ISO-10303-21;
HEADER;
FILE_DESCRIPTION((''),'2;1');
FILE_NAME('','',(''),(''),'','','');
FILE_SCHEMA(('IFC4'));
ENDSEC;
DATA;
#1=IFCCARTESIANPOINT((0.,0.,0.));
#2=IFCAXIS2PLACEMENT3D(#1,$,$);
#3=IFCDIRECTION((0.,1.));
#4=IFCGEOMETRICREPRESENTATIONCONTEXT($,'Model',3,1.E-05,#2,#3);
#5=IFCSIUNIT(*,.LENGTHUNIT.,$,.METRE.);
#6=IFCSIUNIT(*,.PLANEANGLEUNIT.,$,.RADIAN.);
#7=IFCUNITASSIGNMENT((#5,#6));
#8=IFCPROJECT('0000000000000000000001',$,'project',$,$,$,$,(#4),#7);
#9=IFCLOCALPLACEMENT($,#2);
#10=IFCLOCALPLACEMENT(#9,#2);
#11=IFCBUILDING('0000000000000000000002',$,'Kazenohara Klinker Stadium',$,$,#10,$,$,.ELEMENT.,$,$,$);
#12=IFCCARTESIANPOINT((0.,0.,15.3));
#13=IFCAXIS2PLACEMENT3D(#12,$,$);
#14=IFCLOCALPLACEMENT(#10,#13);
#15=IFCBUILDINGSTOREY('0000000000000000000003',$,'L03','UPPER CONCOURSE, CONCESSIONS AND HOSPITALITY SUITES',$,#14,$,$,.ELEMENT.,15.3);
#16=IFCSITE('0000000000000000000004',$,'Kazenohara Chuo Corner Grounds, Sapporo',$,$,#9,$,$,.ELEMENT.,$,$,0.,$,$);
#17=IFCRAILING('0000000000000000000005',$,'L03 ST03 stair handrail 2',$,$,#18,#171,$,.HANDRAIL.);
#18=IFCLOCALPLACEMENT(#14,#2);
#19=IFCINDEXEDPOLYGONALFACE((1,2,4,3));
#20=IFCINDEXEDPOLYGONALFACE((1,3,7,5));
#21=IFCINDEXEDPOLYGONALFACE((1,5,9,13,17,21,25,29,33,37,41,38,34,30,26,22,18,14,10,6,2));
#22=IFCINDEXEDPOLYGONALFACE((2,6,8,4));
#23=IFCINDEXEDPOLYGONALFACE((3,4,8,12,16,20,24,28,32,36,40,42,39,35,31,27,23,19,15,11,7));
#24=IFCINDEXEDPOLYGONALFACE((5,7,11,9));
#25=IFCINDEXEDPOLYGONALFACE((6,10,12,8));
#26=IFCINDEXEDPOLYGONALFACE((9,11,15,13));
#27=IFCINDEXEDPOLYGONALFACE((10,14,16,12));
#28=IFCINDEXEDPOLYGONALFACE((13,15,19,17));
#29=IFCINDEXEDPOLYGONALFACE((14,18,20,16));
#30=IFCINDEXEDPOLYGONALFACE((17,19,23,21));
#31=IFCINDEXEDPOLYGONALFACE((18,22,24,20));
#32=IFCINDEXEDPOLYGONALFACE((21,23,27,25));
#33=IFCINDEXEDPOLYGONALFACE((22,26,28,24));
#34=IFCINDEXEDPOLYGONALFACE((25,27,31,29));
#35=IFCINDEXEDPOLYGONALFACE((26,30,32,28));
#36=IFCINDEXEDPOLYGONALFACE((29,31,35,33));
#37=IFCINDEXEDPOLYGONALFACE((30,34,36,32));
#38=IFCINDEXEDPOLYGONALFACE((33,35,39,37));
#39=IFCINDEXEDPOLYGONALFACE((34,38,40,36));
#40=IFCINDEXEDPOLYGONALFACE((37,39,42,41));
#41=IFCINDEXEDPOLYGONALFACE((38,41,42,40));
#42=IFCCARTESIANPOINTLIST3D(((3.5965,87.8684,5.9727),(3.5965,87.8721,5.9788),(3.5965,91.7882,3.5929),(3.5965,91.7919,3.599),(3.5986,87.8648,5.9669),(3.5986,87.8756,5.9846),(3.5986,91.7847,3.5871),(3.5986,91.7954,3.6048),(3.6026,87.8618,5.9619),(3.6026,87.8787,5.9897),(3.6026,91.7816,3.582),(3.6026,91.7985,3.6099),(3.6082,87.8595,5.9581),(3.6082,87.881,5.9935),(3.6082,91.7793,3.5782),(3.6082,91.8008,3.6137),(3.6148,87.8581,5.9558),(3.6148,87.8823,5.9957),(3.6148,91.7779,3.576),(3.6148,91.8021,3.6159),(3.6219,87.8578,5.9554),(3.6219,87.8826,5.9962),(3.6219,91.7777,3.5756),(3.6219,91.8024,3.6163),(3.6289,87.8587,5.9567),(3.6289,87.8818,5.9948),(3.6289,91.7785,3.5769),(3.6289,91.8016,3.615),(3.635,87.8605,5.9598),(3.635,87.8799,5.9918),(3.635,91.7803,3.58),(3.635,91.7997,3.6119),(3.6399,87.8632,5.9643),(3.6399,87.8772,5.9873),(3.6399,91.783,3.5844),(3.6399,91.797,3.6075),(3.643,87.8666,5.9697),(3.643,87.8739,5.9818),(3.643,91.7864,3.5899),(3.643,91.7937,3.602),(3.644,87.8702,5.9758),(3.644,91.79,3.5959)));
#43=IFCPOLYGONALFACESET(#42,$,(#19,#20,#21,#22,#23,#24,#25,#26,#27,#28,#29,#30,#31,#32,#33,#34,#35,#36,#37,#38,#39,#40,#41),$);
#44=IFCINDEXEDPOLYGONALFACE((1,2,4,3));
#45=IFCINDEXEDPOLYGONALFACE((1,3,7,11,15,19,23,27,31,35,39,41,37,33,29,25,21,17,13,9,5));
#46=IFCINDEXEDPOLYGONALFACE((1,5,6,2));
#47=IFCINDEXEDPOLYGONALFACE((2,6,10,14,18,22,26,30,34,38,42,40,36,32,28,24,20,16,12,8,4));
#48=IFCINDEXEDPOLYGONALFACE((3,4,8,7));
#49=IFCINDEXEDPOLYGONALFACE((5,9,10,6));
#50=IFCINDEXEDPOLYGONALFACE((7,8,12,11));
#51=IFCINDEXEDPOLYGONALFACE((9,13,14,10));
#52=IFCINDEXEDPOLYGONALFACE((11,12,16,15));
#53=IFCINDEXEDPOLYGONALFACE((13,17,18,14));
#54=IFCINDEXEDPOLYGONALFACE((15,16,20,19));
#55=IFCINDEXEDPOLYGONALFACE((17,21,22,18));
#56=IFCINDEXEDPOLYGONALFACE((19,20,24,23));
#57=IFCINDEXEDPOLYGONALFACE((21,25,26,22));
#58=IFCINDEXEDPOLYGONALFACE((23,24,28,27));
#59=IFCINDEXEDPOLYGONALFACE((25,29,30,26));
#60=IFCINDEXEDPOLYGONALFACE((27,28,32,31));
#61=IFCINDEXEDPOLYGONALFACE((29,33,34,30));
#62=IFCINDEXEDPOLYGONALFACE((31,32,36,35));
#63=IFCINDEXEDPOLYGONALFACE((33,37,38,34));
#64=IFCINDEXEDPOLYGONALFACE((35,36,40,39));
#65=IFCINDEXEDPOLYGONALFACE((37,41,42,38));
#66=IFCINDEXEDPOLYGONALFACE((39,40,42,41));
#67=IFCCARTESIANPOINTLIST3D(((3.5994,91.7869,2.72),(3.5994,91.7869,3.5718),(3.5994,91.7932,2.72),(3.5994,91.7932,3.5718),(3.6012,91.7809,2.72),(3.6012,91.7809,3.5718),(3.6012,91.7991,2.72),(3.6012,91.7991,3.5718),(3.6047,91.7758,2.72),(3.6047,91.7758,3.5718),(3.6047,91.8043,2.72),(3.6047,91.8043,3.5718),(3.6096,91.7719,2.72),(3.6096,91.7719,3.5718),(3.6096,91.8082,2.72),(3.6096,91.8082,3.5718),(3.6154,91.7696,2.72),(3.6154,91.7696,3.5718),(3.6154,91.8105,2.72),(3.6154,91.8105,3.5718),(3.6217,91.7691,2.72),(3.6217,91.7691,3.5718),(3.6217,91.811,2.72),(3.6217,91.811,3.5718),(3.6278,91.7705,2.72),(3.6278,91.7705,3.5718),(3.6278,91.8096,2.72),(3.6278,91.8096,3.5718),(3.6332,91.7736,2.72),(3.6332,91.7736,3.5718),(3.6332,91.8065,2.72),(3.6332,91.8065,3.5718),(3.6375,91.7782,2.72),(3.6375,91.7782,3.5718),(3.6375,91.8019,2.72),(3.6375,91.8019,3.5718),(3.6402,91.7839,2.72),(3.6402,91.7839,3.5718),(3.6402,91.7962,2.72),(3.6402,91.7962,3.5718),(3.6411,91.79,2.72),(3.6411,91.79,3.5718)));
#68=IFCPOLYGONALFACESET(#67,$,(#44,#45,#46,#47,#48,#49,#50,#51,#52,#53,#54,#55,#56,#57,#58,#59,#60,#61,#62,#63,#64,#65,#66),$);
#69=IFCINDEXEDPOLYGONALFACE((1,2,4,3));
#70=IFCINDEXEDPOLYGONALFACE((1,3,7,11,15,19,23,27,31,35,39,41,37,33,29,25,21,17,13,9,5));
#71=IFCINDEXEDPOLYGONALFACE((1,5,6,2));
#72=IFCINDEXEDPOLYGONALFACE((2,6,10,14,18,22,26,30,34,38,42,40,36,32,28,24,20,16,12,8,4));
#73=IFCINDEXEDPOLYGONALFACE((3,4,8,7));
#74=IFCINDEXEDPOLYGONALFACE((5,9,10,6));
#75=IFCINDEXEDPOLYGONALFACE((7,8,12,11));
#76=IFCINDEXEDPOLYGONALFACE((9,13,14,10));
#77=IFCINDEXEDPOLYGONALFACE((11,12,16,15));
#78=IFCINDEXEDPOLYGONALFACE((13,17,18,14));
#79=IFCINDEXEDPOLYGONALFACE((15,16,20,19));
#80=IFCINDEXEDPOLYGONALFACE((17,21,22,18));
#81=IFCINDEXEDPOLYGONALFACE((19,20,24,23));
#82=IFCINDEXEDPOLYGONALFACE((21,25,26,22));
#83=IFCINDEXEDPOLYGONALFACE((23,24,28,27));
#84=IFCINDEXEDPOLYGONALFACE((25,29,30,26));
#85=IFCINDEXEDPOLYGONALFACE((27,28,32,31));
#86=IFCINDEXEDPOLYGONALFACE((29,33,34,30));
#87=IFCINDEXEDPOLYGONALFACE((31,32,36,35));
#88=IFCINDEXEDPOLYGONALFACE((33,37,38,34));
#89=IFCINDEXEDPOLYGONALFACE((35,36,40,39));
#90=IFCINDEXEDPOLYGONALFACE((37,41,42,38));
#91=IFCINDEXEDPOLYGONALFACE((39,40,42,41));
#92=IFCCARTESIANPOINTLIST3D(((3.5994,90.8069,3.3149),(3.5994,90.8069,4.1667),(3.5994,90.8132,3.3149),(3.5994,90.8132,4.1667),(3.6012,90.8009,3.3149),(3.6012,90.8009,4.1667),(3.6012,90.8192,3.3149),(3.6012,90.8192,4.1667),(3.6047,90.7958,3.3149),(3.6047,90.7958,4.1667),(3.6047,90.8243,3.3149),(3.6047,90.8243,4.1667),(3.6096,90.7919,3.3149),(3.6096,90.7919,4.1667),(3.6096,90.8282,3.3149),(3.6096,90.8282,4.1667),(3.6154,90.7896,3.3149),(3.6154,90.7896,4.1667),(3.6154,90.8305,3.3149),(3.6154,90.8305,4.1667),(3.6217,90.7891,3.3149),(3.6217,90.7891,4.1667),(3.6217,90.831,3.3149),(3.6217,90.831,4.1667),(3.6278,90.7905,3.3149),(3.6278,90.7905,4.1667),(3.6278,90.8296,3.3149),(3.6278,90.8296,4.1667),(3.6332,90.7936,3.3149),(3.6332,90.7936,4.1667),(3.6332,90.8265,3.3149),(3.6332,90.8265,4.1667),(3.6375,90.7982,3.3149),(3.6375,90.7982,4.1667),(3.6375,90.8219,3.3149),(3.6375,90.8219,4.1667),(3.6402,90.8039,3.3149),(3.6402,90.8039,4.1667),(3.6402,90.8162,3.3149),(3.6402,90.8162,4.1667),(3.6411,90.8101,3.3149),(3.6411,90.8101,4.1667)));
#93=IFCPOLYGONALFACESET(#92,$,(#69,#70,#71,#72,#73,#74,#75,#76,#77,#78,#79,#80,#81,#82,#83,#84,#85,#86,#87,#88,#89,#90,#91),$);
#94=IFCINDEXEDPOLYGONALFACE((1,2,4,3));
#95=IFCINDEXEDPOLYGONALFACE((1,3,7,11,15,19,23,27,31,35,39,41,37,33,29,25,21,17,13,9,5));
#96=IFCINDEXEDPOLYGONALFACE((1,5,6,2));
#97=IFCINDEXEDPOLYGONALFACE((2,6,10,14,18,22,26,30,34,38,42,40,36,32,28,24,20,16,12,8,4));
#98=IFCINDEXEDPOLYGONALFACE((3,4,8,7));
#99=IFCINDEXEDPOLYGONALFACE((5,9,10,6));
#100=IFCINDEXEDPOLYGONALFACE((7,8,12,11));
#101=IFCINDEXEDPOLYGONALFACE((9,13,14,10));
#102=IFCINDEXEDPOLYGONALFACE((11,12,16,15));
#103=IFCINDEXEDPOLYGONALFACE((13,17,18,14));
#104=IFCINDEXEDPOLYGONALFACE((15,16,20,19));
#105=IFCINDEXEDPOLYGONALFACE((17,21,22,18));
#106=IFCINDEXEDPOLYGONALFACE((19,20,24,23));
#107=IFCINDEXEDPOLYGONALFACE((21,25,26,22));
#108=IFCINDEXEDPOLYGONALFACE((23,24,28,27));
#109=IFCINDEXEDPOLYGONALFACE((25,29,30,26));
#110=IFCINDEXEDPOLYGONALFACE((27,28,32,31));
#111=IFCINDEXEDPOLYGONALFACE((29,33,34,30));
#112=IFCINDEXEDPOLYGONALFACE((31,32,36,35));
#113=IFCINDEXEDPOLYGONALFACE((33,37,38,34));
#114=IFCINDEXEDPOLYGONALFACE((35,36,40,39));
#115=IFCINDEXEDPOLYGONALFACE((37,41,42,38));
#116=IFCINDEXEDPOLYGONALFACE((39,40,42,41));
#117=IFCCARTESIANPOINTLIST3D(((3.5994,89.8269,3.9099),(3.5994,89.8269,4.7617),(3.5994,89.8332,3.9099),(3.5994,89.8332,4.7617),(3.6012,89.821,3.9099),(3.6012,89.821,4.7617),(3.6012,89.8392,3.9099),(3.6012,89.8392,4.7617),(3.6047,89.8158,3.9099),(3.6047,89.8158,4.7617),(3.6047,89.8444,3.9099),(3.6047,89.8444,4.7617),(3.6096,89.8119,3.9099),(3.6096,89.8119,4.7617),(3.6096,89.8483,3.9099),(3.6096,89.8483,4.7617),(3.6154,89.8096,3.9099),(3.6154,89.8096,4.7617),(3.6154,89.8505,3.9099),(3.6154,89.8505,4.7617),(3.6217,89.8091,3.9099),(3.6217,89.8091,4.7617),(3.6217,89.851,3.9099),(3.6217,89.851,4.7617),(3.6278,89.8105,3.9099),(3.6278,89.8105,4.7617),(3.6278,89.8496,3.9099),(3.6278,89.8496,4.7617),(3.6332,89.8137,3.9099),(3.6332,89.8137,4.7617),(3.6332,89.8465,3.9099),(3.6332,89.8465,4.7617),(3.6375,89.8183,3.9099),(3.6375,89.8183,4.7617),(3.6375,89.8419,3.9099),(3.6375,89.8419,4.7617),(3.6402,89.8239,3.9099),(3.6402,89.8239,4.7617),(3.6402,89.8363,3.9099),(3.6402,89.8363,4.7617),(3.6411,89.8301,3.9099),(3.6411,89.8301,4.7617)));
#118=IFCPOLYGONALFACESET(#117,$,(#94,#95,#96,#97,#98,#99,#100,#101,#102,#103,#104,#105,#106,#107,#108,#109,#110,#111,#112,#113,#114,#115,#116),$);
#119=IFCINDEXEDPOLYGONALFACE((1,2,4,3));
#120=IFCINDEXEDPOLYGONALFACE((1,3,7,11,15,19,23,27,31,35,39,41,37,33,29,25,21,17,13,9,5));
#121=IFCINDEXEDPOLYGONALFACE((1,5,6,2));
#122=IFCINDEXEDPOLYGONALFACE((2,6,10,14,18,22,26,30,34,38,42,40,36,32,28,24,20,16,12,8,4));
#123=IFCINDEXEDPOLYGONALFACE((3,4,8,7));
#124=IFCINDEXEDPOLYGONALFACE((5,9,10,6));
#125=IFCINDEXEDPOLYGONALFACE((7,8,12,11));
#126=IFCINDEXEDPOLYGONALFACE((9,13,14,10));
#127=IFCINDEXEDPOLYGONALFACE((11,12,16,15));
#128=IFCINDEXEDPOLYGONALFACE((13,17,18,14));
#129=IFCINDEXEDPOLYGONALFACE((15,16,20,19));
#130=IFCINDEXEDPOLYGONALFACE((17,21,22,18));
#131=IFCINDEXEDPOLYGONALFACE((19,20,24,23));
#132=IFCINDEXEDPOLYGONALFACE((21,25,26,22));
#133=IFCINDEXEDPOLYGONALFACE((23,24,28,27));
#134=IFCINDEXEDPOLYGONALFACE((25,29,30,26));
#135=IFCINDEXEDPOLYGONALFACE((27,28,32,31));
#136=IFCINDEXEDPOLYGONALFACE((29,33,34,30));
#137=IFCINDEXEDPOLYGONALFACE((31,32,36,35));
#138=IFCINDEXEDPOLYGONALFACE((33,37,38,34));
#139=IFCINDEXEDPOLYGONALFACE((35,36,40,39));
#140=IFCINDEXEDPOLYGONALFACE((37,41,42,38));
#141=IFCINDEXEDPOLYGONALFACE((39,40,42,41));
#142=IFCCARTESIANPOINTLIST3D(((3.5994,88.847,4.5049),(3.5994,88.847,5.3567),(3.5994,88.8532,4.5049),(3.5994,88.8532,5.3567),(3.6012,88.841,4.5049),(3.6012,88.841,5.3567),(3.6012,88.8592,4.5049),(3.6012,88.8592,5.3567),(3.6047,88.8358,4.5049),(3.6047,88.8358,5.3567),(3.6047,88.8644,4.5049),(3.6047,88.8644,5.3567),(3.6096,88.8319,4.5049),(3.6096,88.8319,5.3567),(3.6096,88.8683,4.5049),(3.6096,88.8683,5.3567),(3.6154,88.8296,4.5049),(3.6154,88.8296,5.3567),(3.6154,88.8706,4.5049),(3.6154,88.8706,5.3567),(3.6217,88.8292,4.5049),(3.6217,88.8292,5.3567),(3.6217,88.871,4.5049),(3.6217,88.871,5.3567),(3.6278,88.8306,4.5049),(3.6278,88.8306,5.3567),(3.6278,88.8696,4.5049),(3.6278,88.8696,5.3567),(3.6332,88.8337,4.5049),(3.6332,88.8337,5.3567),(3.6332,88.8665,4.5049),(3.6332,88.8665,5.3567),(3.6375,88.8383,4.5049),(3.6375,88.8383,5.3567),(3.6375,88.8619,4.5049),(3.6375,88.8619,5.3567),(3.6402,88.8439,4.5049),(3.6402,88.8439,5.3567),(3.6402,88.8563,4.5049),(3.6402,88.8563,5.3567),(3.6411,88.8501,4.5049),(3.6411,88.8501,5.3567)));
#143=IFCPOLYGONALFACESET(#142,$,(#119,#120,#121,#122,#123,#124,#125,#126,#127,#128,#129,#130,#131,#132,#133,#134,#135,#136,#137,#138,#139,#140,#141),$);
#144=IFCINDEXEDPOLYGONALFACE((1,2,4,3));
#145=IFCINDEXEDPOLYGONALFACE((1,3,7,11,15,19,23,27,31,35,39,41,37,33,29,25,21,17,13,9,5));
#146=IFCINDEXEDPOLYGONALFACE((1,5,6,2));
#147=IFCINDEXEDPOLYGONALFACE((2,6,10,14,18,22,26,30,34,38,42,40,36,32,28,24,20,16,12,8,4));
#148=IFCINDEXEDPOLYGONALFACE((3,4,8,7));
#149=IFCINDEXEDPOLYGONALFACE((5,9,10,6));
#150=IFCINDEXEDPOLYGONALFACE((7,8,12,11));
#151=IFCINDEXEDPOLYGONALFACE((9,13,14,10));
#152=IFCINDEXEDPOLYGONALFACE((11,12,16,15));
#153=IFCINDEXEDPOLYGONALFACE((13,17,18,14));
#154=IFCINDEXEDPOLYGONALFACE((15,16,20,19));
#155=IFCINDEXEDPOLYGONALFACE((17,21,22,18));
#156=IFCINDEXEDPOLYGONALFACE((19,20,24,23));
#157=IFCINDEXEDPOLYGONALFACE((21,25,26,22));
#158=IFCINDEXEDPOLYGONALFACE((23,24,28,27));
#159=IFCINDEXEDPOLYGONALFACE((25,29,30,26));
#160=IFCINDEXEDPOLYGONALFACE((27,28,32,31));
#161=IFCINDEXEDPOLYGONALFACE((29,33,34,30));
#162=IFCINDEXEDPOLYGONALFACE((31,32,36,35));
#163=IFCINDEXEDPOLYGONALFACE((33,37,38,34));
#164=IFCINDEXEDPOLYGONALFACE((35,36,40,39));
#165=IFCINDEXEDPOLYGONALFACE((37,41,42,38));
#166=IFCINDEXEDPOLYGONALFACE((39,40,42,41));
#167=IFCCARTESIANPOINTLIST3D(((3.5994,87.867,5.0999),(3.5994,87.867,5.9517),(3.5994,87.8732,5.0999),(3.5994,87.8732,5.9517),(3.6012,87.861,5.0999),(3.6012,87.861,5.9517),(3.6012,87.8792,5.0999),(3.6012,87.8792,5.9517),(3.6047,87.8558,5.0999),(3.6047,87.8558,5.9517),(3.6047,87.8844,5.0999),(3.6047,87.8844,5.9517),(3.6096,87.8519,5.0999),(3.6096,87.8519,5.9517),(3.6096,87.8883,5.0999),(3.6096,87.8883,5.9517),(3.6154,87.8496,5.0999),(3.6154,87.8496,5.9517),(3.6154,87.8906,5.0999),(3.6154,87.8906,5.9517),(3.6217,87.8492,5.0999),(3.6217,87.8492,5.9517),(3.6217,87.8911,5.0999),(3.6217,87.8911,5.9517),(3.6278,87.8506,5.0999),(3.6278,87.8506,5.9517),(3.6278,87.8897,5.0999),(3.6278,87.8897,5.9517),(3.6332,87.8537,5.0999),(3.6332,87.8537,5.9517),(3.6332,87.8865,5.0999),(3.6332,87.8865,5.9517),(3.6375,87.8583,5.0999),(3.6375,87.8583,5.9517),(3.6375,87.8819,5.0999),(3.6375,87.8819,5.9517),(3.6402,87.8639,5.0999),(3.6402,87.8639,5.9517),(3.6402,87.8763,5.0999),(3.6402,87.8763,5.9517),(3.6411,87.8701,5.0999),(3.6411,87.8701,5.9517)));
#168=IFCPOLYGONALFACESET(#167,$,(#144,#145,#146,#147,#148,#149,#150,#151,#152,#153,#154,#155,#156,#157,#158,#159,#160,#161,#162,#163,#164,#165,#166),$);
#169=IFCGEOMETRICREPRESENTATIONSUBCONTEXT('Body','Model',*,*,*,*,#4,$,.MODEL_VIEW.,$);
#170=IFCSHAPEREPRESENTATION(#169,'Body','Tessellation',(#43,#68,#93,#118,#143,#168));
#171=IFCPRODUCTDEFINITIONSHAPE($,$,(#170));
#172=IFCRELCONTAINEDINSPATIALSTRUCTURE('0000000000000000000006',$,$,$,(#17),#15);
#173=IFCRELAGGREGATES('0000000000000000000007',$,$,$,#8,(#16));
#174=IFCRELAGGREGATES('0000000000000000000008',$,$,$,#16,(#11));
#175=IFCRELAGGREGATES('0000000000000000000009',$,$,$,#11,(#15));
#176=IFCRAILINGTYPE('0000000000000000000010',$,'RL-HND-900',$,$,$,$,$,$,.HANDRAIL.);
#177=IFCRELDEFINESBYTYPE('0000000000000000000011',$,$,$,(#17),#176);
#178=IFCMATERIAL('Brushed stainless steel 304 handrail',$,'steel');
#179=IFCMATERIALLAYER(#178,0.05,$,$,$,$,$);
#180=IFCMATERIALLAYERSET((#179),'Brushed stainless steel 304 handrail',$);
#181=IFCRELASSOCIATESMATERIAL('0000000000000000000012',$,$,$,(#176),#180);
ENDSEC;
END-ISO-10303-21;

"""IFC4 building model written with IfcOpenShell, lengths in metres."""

from ifc_helpers import new_model, si_unit, direction, frame, origin, origin_2d, place, context, subcontext, project, spatial, circle, extrude, material, layer, layer_set, type_object, element, save


model = new_model("IFC4")

# Units and contexts
model_context = context("Model", 3, precision=1e-05, world=origin(), true_north=direction((0.0, 1.0)))
body_context = subcontext(model_context, "Body", "Model", "MODEL_VIEW")
ifc_project = project(units=[si_unit("LENGTHUNIT", "METRE"), si_unit("PLANEANGLEUNIT", "RADIAN")], contexts=[model_context])

# Site, building, storey
site_placement = place(None, origin())
site = spatial("IfcSite", under=ifc_project, at=site_placement, Name="Kazenohara Chuo Corner Grounds, Sapporo", CompositionType="ELEMENT", RefElevation=0.0)
building_placement = place(site_placement, origin())
building = spatial("IfcBuilding", under=site, at=building_placement, Name="Kazenohara Klinker Stadium", CompositionType="ELEMENT")
storey_placement = place(building_placement, frame((0.0, 0.0, 15.3)))
storey = spatial("IfcBuildingStorey", under=building, at=storey_placement, Name="L03", Description="UPPER CONCOURSE, CONCESSIONS AND HOSPITALITY SUITES", CompositionType="ELEMENT", Elevation=15.3)

# Railing
ifc_material_1 = material(Name="Brushed stainless steel 304 handrail", Category="steel")
ifc_layer_1 = layer(ifc_material_1, 0.05)
ifc_layer_set_1 = layer_set([ifc_layer_1], Name="Brushed stainless steel 304 handrail")
railing_type_1 = type_object("IfcRailingType", Name="RL-HND-900", PredefinedType="HANDRAIL", material=ifc_layer_set_1)
railing_1_placement = place(storey_placement, frame((3.6201, 91.79, 2.72)))
element("IfcRailing", 1, at=railing_1_placement, inside=storey, type_object=railing_type_1, Name="L03 ST03 stair handrail 2", PredefinedType="HANDRAIL", context=body_context, shape_type="SweptSolid", body=[
    extrude(circle(Radius=0.0239, at=origin_2d()), frame((0.0, 0.0, 0.876), z_axis=(0.0, -0.854794, 0.518967), x_axis=(1.0, 0.0, 0.0)), (0.0, 0.0, 1.0), 4.5857),
    extrude(circle(Radius=0.021, at=origin_2d()), origin(), (0.0, 0.0, 1.0), 0.8518),
    extrude(circle(Radius=0.021, at=origin_2d()), frame((0.0, -0.98, 0.595)), (0.0, 0.0, 1.0), 0.8518),
    extrude(circle(Radius=0.021, at=origin_2d()), frame((0.0, -1.96, 1.1899)), (0.0, 0.0, 1.0), 0.8518),
    extrude(circle(Radius=0.021, at=origin_2d()), frame((0.0, -2.9399, 1.7849)), (0.0, 0.0, 1.0), 0.8518),
    extrude(circle(Radius=0.021, at=origin_2d()), frame((0.0, -3.9199, 2.3799)), (0.0, 0.0, 1.0), 0.8518),
])

save(model, "model.ifc")
